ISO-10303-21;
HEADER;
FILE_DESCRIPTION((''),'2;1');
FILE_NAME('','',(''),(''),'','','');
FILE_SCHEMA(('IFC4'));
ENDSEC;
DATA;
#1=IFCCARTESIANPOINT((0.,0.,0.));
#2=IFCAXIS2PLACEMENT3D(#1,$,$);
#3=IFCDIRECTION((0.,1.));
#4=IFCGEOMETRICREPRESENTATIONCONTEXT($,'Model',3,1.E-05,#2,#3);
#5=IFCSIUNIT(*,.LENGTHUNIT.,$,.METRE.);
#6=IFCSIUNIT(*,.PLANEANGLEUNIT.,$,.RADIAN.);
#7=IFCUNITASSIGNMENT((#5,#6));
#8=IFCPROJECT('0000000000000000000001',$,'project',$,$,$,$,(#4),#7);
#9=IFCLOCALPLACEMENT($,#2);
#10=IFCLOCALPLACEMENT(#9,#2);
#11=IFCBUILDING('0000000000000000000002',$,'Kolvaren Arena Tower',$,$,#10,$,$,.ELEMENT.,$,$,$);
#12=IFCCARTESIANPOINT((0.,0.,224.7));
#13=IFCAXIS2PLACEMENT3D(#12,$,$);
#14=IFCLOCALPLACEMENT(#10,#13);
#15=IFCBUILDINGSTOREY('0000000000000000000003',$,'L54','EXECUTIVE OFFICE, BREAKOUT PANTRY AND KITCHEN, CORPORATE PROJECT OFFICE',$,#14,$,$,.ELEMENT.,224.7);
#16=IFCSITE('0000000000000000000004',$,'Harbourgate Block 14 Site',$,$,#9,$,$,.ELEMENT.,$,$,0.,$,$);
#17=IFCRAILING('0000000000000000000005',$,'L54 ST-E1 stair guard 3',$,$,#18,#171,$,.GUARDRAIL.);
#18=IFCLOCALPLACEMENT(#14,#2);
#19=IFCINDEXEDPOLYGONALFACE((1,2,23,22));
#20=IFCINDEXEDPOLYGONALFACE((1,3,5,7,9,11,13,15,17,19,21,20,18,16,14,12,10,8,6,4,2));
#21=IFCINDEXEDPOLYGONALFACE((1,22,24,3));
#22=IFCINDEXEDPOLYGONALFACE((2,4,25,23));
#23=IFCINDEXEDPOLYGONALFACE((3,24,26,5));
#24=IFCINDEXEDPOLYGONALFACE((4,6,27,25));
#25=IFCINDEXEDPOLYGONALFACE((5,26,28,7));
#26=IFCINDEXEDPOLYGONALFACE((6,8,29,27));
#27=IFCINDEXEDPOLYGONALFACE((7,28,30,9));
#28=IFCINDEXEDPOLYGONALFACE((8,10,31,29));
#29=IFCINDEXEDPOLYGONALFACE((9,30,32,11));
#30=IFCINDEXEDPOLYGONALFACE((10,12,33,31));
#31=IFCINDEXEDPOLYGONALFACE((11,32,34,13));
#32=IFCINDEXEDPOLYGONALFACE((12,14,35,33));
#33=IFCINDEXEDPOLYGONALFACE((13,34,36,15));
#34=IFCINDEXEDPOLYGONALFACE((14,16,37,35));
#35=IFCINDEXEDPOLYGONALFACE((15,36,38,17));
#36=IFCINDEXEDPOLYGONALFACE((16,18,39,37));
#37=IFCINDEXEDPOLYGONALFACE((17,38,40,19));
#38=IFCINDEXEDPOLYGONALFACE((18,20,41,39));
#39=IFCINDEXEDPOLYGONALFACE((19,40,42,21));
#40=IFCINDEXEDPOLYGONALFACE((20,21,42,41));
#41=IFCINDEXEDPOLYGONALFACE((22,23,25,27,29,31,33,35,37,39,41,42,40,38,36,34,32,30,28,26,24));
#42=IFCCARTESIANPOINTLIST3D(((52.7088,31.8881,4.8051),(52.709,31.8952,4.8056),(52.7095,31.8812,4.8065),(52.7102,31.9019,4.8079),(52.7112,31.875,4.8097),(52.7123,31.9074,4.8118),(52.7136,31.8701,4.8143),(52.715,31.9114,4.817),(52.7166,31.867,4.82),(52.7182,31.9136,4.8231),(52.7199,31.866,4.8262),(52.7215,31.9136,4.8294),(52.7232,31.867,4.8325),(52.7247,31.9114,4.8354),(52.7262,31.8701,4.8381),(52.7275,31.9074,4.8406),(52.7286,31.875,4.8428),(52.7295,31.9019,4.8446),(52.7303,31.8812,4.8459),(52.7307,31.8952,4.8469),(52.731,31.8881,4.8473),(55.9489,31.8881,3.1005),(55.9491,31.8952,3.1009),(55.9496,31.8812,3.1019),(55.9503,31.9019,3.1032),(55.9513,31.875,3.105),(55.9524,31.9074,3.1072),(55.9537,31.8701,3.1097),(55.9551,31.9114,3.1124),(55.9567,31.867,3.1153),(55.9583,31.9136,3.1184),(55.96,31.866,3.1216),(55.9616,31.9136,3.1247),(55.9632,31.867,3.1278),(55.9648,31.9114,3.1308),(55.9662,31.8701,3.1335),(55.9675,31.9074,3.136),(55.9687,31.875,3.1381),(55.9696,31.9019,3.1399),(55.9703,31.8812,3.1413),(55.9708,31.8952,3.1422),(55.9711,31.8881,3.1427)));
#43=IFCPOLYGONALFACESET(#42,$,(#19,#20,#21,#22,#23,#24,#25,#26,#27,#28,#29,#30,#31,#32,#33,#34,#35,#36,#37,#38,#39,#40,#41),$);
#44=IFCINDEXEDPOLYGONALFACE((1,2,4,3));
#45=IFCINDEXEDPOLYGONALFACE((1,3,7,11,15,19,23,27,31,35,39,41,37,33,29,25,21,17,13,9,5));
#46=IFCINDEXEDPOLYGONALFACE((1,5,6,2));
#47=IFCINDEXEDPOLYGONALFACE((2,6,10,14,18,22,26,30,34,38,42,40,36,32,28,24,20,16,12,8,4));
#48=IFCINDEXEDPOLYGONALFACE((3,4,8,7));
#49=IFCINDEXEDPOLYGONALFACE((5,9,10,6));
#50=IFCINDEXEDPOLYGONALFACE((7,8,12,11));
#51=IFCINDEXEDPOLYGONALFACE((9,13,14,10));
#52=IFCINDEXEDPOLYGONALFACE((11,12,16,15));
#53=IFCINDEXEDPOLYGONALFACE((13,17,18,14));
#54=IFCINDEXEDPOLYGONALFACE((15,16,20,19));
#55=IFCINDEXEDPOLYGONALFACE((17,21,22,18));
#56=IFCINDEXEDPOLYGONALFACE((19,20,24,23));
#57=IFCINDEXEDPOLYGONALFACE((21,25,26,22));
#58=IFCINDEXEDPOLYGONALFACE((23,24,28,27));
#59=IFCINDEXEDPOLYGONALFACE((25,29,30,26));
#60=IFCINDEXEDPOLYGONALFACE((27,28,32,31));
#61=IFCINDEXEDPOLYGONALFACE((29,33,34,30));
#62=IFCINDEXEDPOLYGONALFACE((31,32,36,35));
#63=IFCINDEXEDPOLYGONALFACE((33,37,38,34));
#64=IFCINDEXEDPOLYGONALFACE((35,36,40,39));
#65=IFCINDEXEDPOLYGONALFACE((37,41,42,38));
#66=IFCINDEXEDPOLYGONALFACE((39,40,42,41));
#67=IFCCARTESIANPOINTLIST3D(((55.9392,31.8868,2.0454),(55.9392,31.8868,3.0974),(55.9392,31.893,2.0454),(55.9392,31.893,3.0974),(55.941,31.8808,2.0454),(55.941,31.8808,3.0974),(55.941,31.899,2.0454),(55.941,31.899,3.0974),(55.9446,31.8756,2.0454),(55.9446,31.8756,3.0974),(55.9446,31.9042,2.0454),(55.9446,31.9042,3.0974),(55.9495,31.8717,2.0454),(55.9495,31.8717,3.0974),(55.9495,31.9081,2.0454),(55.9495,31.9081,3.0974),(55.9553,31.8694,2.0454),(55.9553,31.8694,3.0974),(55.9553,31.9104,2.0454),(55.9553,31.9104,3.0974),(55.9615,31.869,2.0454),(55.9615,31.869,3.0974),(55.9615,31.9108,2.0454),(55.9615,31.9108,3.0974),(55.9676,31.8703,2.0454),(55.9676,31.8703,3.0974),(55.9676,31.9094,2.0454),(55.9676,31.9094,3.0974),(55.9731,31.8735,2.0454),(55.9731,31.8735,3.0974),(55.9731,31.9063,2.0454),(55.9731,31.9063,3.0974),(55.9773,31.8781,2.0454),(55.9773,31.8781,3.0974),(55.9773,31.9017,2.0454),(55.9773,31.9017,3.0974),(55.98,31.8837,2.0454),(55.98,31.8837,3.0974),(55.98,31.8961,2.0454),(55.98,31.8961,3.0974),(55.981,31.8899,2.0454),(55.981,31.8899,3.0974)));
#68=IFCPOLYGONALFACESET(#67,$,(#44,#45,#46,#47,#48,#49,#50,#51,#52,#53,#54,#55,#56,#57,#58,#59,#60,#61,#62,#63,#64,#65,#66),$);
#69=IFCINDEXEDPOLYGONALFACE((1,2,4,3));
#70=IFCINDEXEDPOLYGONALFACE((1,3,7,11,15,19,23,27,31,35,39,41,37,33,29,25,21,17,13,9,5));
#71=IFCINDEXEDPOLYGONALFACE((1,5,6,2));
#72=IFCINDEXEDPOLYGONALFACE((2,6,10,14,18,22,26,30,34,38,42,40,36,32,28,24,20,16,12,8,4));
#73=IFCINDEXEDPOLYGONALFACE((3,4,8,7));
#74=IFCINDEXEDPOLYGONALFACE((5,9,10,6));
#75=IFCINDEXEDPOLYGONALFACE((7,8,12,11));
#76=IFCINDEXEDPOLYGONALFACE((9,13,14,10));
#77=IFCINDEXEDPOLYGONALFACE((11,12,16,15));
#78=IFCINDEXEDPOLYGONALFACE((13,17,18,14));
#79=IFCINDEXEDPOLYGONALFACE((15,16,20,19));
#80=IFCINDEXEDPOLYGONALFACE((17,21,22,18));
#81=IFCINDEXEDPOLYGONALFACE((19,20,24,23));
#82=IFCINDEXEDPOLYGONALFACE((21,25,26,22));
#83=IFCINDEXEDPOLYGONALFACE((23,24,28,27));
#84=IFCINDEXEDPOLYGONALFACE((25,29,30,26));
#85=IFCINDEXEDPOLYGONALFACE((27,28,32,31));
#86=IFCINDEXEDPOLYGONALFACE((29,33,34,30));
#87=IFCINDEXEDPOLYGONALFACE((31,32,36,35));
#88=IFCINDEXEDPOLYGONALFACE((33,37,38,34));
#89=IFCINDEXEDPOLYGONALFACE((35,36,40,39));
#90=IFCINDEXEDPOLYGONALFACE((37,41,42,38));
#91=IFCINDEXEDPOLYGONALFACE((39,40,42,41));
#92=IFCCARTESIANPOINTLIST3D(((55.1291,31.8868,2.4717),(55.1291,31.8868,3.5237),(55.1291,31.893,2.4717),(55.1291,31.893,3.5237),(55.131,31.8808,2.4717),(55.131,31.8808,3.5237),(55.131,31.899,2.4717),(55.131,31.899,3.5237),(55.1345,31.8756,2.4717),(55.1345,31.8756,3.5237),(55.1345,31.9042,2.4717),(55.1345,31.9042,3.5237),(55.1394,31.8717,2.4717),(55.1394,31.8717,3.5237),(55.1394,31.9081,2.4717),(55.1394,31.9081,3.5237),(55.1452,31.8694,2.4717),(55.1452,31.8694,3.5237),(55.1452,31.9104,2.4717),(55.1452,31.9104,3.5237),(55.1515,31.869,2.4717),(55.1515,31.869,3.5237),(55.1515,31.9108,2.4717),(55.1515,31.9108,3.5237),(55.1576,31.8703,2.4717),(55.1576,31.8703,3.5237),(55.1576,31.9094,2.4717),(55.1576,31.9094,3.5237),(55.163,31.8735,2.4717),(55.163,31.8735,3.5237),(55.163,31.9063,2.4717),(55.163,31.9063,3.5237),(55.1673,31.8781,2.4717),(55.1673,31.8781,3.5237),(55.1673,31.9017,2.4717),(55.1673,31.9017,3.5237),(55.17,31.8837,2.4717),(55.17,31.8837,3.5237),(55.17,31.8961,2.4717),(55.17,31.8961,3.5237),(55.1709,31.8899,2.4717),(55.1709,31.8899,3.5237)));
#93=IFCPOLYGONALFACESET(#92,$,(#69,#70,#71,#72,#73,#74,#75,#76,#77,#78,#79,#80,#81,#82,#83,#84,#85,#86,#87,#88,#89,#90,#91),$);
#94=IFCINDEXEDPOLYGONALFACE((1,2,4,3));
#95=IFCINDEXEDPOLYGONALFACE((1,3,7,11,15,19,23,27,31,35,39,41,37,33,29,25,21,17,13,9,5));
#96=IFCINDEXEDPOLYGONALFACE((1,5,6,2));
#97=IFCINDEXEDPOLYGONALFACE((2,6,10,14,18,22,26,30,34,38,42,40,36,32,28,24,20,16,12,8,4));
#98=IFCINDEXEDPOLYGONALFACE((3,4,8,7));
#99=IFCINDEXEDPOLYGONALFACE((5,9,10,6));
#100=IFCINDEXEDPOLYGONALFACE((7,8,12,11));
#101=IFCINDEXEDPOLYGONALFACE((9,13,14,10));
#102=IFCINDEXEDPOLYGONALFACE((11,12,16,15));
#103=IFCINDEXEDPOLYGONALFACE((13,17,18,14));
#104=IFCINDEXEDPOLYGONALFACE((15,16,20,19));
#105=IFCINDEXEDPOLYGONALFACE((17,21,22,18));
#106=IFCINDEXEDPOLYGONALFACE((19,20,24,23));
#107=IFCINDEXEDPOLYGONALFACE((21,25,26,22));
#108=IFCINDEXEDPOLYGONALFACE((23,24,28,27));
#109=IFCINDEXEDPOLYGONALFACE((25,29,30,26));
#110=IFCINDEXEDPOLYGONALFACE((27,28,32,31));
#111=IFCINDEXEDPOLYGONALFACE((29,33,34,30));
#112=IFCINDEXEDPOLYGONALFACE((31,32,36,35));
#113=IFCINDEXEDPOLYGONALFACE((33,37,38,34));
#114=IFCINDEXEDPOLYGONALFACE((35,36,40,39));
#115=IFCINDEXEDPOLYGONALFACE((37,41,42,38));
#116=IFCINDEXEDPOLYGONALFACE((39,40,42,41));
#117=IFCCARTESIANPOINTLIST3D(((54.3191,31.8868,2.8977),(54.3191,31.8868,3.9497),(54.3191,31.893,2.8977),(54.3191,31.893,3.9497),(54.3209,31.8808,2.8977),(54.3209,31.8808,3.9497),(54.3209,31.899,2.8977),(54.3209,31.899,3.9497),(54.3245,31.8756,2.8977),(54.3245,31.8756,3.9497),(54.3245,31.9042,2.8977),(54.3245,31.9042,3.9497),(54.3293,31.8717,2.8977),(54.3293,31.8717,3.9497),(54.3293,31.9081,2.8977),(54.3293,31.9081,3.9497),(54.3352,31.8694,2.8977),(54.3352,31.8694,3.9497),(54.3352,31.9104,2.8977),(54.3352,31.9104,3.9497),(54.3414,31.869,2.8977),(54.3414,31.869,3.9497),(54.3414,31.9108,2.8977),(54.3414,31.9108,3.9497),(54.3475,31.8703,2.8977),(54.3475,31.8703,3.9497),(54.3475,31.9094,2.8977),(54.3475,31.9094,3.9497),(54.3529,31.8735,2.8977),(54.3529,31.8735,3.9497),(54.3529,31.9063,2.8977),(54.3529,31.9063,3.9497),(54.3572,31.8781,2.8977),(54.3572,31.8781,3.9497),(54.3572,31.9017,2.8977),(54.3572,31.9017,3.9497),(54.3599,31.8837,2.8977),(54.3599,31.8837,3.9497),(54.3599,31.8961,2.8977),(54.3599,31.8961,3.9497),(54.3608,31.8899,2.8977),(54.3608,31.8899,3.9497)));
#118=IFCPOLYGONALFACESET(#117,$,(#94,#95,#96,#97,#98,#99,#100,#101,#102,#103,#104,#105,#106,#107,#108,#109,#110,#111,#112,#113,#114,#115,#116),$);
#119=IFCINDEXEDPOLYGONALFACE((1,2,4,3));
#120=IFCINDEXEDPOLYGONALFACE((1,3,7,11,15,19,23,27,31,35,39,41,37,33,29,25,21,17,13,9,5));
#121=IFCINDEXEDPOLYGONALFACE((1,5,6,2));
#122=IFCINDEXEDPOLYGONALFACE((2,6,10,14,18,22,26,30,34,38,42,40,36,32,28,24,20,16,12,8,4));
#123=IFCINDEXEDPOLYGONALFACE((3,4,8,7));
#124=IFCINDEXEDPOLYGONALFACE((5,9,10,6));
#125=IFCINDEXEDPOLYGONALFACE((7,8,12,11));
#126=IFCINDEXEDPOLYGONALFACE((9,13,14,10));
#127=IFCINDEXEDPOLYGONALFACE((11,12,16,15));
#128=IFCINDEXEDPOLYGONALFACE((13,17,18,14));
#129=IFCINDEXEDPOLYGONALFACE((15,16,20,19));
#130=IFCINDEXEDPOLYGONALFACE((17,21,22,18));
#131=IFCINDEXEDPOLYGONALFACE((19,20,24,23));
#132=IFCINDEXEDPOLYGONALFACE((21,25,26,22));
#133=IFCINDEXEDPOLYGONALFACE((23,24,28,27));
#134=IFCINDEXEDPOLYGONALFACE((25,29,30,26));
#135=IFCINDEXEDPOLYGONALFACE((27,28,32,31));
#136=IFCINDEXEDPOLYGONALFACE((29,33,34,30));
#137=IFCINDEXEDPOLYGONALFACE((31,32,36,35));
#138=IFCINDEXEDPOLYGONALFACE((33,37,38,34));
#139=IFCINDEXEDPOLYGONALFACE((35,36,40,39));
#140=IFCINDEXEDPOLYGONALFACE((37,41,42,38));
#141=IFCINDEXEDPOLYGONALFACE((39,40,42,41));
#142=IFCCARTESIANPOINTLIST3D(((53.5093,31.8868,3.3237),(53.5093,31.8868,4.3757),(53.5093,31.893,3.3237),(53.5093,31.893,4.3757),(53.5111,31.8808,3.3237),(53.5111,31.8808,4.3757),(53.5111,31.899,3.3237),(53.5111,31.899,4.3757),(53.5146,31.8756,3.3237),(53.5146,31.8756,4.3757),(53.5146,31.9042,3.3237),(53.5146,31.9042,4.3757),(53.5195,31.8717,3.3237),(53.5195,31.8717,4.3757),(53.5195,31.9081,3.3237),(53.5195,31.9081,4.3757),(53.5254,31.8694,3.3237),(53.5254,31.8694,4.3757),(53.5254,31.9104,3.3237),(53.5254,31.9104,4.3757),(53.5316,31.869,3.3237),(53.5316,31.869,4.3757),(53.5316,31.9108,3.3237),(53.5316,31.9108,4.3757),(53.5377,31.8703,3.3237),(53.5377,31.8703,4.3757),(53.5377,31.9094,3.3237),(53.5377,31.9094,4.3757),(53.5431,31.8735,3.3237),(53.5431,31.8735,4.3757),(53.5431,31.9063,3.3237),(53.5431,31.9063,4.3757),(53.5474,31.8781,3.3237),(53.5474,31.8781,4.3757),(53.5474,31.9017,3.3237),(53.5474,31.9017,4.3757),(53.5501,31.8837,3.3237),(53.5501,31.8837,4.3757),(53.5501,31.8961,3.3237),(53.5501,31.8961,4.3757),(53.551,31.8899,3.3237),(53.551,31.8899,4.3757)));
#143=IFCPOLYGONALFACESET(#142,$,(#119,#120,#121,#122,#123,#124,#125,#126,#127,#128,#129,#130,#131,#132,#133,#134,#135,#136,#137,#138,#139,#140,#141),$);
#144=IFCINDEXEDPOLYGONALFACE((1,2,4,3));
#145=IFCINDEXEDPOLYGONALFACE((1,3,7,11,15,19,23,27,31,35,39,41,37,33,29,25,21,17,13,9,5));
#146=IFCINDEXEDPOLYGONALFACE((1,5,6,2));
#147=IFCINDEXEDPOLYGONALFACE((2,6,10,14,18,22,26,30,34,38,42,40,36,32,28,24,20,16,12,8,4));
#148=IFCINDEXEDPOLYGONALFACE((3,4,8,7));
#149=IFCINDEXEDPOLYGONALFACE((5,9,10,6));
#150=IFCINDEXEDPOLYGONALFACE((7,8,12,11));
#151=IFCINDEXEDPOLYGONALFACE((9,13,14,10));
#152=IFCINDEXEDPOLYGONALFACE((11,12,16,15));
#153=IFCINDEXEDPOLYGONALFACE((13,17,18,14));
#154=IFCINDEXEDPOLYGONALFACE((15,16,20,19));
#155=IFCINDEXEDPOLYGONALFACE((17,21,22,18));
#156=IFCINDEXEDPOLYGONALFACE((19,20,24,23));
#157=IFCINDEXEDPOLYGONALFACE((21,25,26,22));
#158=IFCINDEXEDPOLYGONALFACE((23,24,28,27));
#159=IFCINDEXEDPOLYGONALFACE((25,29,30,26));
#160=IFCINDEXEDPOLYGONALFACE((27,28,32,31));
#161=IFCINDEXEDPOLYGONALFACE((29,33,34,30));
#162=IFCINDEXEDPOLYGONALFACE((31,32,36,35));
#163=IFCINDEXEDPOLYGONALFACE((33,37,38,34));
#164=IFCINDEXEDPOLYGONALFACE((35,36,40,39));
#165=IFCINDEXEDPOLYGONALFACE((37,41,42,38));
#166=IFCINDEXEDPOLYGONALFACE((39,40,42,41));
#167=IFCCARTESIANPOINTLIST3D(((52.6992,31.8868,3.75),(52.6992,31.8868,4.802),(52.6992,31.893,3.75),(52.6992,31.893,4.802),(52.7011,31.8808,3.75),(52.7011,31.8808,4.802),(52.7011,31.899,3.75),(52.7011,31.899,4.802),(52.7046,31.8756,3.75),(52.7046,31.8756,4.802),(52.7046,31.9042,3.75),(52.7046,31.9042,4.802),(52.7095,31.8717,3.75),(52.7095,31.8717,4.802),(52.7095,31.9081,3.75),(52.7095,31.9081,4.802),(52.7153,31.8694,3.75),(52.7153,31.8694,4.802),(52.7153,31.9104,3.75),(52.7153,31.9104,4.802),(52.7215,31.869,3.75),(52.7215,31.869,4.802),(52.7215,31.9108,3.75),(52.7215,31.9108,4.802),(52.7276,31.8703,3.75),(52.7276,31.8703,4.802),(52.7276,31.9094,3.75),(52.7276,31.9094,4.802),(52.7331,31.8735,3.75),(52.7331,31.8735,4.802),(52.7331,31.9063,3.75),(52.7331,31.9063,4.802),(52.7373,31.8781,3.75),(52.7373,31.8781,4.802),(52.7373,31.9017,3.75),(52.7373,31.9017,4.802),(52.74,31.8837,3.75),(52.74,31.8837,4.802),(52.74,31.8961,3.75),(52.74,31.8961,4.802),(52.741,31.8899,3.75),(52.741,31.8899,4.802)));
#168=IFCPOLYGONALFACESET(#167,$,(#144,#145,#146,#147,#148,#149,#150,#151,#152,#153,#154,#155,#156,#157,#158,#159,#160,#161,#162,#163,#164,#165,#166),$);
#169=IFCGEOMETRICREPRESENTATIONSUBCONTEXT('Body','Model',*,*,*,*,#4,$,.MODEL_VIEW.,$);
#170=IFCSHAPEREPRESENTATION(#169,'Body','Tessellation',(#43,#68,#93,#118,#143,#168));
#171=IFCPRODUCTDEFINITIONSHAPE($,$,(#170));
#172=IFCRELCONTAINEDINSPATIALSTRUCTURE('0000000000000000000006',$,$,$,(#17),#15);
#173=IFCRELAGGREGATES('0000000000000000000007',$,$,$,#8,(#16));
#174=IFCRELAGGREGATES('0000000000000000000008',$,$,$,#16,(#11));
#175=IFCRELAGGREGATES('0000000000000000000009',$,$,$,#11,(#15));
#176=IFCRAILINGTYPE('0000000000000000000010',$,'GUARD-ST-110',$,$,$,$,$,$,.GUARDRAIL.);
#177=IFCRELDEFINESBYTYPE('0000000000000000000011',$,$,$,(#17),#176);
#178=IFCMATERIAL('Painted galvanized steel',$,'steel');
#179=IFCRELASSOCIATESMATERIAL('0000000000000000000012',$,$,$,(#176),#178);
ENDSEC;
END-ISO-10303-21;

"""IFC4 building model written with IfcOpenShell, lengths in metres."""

from ifc_helpers import new_model, si_unit, direction, frame, origin, origin_2d, place, context, subcontext, project, spatial, circle, extrude, material, type_object, element, save


model = new_model("IFC4")

# Units and contexts
model_context = context("Model", 3, precision=1e-05, world=origin(), true_north=direction((0.0, 1.0)))
body_context = subcontext(model_context, "Body", "Model", "MODEL_VIEW")
ifc_project = project(units=[si_unit("LENGTHUNIT", "METRE"), si_unit("PLANEANGLEUNIT", "RADIAN")], contexts=[model_context])

# Site, building, storey
site_placement = place(None, origin())
site = spatial("IfcSite", under=ifc_project, at=site_placement, Name="Harbourgate Block 14 Site", CompositionType="ELEMENT", RefElevation=0.0)
building_placement = place(site_placement, origin())
building = spatial("IfcBuilding", under=site, at=building_placement, Name="Kolvaren Arena Tower", CompositionType="ELEMENT")
storey_placement = place(building_placement, frame((0.0, 0.0, 224.7)))
storey = spatial("IfcBuildingStorey", under=building, at=storey_placement, Name="L54", Description="EXECUTIVE OFFICE, BREAKOUT PANTRY AND KITCHEN, CORPORATE PROJECT OFFICE", CompositionType="ELEMENT", Elevation=224.7)

# Railing
ifc_material_1 = material(Name="Painted galvanized steel", Category="steel")
railing_type_1 = type_object("IfcRailingType", Name="GUARD-ST-110", PredefinedType="GUARDRAIL", material=ifc_material_1)
railing_1_placement = place(storey_placement, frame((55.96, 31.8899, 2.0454)))
element("IfcRailing", 1, at=railing_1_placement, inside=storey, type_object=railing_type_1, Name="L54 ST-E1 stair guard 3", PredefinedType="GUARDRAIL", context=body_context, shape_type="SweptSolid", body=[
    extrude(circle(Radius=0.0239, at=origin_2d()), frame((0.0, 0.0, 1.0762), z_axis=(-0.884993, 0.0, 0.465604), x_axis=(0.0, -1.0, 0.0)), (0.0, 0.0, 1.0), 3.6611),
    extrude(circle(Radius=0.021, at=origin_2d()), origin(), (0.0, 0.0, 1.0), 1.052),
    extrude(circle(Radius=0.021, at=origin_2d()), frame((-0.8101, 0.0, 0.4263)), (0.0, 0.0, 1.0), 1.052),
    extrude(circle(Radius=0.021, at=origin_2d()), frame((-1.6201, 0.0, 0.8523)), (0.0, 0.0, 1.0), 1.052),
    extrude(circle(Radius=0.021, at=origin_2d()), frame((-2.4299, 0.0, 1.2783)), (0.0, 0.0, 1.0), 1.052),
    extrude(circle(Radius=0.021, at=origin_2d()), frame((-3.24, 0.0, 1.7046)), (0.0, 0.0, 1.0), 1.052),
])

save(model, "model.ifc")
